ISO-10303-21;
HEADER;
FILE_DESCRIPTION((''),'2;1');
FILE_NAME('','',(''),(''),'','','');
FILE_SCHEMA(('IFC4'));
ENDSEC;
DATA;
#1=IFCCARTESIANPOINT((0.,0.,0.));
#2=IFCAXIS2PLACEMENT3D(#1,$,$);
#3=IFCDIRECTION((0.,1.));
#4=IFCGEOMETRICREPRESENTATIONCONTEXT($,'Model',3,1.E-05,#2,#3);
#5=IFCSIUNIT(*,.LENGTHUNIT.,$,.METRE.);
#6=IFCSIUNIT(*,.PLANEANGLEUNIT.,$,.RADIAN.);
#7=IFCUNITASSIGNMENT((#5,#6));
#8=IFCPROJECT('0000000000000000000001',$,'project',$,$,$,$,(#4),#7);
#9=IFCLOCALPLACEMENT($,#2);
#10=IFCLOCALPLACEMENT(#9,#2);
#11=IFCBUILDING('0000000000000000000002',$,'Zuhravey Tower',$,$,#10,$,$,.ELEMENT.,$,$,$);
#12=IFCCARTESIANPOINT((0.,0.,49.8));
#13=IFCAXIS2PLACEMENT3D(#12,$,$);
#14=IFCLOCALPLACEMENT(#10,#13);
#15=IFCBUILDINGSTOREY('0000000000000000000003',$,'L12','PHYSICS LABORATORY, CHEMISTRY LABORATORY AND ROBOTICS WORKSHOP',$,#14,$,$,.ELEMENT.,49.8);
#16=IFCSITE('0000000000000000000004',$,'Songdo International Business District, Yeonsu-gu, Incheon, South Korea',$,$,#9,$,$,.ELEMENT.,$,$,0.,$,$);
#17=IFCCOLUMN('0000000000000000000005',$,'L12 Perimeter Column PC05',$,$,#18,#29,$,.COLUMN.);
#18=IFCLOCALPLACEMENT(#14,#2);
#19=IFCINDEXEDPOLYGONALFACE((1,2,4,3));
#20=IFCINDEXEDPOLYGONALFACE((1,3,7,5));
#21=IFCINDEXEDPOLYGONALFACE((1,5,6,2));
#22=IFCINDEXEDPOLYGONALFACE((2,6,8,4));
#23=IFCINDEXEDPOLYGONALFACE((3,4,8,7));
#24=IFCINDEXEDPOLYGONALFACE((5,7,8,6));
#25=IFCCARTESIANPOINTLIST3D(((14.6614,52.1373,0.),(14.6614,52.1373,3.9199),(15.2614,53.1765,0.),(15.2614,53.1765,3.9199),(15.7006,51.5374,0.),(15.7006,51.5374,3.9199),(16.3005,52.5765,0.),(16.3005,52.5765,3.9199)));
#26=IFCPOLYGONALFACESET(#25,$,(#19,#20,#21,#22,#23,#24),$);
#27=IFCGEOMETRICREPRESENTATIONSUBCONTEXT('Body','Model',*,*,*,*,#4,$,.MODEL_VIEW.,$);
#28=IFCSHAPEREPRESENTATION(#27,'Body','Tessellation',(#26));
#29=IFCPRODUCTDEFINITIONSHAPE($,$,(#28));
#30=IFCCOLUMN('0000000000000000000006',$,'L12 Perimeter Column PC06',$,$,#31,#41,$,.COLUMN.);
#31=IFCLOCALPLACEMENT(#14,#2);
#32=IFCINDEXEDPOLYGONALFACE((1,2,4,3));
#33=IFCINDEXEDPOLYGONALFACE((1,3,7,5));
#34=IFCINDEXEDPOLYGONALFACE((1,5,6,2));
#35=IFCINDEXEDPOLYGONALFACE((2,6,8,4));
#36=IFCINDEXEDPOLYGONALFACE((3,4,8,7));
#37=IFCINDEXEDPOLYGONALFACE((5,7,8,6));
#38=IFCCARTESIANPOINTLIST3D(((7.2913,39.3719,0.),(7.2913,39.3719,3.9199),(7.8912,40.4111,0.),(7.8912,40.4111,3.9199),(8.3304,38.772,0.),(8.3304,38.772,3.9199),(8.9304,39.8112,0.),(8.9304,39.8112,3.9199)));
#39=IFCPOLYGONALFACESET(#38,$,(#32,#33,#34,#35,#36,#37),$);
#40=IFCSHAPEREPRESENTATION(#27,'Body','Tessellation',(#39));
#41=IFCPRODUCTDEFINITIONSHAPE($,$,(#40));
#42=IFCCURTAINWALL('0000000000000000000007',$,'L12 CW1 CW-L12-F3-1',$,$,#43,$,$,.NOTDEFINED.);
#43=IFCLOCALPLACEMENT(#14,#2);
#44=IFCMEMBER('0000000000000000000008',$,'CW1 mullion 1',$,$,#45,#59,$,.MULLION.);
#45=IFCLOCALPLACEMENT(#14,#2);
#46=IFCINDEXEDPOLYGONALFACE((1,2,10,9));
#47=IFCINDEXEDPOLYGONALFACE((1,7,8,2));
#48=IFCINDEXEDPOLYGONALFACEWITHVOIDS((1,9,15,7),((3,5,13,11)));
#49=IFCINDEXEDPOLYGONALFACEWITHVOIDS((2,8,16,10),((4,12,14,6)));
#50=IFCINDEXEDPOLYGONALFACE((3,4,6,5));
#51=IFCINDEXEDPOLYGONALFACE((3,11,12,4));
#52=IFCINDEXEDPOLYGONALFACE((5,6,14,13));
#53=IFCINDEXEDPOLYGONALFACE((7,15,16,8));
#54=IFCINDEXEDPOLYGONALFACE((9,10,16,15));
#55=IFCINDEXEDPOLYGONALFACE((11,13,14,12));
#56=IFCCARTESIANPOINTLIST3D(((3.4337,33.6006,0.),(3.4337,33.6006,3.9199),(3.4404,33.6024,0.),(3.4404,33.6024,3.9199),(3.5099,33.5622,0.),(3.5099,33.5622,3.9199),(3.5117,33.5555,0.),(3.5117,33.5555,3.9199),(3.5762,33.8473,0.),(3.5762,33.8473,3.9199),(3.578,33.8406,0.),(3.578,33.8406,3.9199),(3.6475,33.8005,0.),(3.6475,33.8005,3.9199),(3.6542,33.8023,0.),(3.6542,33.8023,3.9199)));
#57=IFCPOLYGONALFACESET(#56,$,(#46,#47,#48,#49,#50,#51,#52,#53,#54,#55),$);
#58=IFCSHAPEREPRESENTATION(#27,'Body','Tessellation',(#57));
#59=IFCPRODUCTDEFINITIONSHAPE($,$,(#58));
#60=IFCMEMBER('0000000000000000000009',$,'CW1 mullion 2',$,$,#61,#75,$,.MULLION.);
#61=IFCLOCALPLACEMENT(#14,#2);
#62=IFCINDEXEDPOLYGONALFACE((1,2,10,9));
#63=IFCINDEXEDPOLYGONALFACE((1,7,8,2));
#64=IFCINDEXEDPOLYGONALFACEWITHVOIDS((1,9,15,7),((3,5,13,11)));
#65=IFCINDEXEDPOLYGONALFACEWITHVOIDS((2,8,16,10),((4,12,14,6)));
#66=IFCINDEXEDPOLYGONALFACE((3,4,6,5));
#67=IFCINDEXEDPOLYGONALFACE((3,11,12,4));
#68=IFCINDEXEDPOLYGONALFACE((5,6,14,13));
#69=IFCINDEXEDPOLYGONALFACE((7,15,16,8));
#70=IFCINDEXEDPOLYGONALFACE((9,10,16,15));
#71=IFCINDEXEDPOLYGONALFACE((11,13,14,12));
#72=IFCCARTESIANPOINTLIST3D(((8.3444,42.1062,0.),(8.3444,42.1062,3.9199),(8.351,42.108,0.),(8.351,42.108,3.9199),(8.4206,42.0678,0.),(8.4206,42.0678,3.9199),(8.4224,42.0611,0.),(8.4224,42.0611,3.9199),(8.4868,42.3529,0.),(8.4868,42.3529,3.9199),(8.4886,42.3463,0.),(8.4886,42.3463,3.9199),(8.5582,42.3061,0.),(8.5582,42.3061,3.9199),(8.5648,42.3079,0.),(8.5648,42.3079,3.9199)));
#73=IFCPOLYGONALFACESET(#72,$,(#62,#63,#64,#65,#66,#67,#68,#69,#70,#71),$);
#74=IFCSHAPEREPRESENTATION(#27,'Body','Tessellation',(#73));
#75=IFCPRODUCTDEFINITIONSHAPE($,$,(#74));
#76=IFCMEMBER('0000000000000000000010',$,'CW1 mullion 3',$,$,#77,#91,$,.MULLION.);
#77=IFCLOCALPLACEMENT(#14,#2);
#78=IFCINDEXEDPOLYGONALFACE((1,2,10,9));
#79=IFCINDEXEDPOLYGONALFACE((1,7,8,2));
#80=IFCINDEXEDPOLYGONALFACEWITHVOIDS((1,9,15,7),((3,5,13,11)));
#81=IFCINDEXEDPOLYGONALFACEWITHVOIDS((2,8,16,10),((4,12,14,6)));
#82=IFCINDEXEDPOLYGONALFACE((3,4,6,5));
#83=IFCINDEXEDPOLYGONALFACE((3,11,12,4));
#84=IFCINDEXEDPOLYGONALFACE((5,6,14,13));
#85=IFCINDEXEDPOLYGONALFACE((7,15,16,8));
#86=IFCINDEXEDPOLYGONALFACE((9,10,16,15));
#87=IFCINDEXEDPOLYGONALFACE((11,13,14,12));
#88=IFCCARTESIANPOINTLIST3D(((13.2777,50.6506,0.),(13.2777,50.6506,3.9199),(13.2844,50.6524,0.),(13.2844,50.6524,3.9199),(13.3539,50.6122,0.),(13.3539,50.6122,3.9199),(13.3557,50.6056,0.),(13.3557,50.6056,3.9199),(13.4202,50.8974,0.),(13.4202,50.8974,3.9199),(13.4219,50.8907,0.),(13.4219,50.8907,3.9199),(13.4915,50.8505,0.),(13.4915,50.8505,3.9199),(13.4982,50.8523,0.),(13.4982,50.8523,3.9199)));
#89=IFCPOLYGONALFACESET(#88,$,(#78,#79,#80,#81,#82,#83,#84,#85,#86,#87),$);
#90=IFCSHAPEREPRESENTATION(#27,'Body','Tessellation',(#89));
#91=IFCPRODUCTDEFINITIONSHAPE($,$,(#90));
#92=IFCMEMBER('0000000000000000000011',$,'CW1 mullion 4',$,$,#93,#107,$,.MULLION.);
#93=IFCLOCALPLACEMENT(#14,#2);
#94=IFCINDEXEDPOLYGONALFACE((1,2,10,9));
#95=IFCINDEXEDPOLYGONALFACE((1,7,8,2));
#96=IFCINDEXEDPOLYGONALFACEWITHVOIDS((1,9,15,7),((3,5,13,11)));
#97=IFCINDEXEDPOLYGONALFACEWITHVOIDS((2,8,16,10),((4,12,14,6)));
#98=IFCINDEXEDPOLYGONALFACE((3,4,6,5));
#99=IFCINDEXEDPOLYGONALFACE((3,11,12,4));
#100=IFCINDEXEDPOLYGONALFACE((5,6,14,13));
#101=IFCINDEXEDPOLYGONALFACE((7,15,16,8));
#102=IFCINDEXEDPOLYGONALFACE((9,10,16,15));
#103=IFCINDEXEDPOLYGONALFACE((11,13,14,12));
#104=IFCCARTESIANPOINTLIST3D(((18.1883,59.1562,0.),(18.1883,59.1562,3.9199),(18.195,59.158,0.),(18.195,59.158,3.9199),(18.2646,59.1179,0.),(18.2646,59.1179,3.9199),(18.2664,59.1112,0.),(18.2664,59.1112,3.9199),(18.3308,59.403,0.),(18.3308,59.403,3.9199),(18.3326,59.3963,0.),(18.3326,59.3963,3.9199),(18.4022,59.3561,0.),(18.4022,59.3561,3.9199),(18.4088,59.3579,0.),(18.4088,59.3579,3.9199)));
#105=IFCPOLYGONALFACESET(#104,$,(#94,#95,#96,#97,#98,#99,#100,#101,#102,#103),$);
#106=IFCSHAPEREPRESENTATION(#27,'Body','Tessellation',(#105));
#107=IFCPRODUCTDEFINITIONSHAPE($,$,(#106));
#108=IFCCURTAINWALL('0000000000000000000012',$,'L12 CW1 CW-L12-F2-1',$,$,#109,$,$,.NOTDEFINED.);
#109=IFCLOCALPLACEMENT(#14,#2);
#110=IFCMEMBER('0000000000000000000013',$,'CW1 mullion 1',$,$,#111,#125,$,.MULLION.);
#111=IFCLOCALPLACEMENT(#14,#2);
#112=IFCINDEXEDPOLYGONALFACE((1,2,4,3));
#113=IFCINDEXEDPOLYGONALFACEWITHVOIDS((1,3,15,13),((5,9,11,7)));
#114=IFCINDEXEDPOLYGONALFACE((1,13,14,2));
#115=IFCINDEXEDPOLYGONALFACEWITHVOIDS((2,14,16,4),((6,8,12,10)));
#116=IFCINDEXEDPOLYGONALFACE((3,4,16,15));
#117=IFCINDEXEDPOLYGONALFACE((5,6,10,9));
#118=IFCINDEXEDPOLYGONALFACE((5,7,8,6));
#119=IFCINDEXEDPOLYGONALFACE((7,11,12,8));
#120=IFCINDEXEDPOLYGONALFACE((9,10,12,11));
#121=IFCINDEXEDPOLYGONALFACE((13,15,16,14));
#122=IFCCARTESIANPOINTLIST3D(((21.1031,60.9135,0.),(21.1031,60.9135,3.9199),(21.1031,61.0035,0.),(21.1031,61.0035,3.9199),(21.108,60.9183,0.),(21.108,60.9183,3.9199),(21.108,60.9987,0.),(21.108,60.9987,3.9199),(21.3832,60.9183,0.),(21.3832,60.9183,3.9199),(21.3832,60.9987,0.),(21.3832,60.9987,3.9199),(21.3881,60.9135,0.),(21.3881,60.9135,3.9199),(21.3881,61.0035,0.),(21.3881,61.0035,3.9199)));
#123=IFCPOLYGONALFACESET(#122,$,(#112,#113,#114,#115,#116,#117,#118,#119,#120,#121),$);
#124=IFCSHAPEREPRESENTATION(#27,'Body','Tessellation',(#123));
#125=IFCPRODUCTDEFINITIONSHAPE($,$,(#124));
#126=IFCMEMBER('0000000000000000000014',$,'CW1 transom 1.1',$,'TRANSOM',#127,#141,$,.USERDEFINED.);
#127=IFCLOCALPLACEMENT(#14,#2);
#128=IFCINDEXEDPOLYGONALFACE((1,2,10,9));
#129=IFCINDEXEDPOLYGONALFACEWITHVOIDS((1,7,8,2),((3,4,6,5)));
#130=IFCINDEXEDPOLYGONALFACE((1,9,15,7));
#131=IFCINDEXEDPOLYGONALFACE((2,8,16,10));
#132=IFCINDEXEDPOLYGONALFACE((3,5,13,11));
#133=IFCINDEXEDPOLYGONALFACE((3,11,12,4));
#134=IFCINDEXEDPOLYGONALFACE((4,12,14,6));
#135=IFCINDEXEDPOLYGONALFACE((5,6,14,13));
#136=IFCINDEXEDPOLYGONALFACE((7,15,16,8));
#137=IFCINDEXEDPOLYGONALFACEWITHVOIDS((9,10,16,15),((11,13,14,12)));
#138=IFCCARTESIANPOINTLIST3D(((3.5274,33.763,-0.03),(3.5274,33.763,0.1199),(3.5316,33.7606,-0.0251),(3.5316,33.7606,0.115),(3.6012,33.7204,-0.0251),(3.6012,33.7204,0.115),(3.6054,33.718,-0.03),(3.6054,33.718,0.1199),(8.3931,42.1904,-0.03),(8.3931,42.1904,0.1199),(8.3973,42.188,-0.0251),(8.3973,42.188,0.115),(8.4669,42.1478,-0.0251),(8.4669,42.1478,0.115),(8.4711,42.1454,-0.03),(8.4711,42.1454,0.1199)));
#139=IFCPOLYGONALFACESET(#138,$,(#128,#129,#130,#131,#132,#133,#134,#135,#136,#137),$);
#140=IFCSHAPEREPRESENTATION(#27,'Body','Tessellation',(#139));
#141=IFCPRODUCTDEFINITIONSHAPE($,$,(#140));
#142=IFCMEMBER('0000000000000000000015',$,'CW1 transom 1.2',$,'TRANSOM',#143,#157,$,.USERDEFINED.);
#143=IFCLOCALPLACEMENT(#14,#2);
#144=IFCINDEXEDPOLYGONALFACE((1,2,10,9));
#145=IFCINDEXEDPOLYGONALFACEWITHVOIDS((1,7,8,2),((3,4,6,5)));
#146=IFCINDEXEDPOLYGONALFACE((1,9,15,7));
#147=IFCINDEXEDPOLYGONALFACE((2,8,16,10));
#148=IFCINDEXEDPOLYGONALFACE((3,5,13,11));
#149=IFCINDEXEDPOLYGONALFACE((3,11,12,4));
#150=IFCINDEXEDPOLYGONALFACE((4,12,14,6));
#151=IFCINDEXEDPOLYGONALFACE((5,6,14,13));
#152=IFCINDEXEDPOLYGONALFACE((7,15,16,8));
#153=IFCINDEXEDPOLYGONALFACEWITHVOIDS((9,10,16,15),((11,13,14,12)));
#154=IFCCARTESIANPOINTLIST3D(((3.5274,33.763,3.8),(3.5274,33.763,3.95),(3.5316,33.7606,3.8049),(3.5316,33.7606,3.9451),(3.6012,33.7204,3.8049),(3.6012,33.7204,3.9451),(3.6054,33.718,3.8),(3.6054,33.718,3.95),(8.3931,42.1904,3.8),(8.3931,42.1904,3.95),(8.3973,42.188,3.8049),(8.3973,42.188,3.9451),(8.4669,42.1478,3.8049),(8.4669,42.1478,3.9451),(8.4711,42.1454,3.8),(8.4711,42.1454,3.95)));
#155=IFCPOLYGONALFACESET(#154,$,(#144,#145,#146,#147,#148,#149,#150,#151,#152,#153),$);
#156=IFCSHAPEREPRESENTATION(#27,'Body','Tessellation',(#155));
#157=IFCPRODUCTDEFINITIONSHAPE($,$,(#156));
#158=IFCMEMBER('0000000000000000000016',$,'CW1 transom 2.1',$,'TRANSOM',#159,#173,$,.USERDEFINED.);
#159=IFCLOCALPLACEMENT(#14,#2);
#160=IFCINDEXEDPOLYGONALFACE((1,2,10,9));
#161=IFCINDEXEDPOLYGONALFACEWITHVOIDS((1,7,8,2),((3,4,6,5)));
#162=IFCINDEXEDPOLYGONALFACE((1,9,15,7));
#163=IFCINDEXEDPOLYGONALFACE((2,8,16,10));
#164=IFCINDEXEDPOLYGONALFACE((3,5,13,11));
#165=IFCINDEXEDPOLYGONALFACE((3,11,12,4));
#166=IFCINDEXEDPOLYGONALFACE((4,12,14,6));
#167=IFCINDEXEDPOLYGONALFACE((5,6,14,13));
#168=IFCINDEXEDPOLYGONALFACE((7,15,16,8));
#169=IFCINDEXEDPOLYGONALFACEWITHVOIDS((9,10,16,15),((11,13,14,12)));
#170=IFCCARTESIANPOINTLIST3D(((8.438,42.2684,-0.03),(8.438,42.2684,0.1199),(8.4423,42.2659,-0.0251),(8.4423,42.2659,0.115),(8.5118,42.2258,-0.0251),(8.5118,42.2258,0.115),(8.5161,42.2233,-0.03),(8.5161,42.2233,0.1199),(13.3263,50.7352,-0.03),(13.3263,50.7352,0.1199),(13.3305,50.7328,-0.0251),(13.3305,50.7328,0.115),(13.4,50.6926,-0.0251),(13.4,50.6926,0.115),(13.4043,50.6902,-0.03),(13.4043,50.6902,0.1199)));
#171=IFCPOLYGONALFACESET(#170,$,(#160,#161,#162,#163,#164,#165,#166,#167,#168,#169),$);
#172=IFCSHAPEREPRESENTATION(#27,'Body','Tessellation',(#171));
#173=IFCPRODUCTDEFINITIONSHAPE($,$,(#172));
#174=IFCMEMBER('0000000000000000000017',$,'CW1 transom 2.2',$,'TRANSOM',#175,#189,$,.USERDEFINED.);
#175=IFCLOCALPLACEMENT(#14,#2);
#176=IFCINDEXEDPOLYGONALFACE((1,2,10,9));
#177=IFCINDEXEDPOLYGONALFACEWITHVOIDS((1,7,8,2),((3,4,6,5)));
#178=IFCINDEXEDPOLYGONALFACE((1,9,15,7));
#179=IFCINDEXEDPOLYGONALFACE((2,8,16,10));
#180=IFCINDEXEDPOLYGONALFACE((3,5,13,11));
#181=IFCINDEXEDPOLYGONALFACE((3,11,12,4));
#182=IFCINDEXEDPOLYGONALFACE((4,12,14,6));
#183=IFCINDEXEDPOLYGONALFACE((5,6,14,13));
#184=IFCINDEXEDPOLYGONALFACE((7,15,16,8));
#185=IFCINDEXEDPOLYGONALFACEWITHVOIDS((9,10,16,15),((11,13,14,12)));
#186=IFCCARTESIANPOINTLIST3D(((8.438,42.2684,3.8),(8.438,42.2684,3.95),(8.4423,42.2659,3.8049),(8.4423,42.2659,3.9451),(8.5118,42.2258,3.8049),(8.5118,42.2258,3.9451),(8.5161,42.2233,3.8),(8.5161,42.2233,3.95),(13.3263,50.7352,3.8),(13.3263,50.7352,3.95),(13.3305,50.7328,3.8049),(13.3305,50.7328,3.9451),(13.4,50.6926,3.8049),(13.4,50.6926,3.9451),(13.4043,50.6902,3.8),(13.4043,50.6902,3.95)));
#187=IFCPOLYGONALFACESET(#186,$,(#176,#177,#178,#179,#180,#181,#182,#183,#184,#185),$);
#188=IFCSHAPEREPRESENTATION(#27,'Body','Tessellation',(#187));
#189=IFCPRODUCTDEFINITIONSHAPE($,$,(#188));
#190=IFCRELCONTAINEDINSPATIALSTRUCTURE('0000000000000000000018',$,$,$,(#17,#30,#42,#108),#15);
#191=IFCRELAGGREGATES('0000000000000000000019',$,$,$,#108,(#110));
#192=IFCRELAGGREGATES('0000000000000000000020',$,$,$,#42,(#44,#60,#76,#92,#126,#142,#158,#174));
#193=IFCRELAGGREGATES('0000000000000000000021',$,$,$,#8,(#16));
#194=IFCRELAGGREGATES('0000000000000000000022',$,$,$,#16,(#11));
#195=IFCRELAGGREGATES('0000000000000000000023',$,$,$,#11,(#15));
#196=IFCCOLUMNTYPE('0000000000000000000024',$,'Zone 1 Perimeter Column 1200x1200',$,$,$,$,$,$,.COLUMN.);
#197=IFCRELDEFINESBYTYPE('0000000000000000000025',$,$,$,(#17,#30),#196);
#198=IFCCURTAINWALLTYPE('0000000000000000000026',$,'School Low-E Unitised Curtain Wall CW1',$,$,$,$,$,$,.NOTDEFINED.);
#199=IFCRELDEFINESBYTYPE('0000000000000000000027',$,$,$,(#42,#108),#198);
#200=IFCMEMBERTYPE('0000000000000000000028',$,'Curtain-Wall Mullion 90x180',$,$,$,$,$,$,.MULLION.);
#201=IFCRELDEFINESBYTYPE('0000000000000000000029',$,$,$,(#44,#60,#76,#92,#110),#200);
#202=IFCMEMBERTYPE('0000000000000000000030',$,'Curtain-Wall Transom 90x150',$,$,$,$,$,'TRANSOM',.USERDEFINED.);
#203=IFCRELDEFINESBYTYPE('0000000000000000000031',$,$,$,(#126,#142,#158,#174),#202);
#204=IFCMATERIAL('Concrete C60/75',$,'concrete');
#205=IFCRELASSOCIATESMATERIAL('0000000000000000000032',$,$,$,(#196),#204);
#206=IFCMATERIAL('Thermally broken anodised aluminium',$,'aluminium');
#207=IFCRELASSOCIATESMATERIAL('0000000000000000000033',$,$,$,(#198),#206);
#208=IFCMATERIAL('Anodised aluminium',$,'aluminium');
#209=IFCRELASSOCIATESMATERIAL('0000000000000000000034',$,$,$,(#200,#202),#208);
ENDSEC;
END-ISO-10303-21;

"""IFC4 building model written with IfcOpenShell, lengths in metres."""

from ifc_helpers import new_model, si_unit, direction, frame, origin, origin_2d, place, context, subcontext, project, spatial, rectangle, hollow_rectangle, extrude, material, material_profile, profile_set, type_object, element, aggregate, save


model = new_model("IFC4")

# Units and contexts
model_context = context("Model", 3, precision=1e-05, world=origin(), true_north=direction((0.0, 1.0)))
body_context = subcontext(model_context, "Body", "Model", "MODEL_VIEW")
ifc_project = project(units=[si_unit("LENGTHUNIT", "METRE"), si_unit("PLANEANGLEUNIT", "RADIAN")], contexts=[model_context])

# Site, building, storey
site_placement = place(None, origin())
site = spatial("IfcSite", under=ifc_project, at=site_placement, Name="Songdo International Business District, Yeonsu-gu, Incheon, South Korea", CompositionType="ELEMENT", RefElevation=0.0)
building_placement = place(site_placement, origin())
building = spatial("IfcBuilding", under=site, at=building_placement, Name="Zuhravey Tower", CompositionType="ELEMENT")
storey_placement = place(building_placement, frame((0.0, 0.0, 49.8)))
storey = spatial("IfcBuildingStorey", under=building, at=storey_placement, Name="L12", Description="PHYSICS LABORATORY, CHEMISTRY LABORATORY AND ROBOTICS WORKSHOP", CompositionType="ELEMENT", Elevation=49.8)

# Columns
ifc_material_1 = material(Name="Concrete C60/75", Category="concrete")
ifc_material_profile_1 = material_profile(ifc_material_1, rectangle(XDim=1.2, YDim=1.2, at=origin_2d()), Name="RC-1200x1200")
ifc_profile_set_1 = profile_set([ifc_material_profile_1], Name="Concrete C60/75")
column_type = type_object("IfcColumnType", Name="Zone 1 Perimeter Column 1200x1200", PredefinedType="COLUMN", material=ifc_profile_set_1)
for number, where, z_axis, x_axis, name in (
    (1, (15.481, 52.3569, 0.0), (0.0, 0.0, 1.0), (-0.5, -0.866025, 0.0), "L12 Perimeter Column PC05"),
    (2, (8.1108, 39.5916, 0.0), (0.0, 0.0, 1.0), (-0.5, -0.866025, 0.0), "L12 Perimeter Column PC06"),
):
    element("IfcColumn", number, at=place(storey_placement, frame(where, z_axis=z_axis, x_axis=x_axis)), inside=storey, type_object=column_type, Name=name, PredefinedType="COLUMN", context=body_context, shape_type="SweptSolid", body=[
        extrude(rectangle(XDim=1.2, YDim=1.2, at=origin_2d()), origin(), (0.0, 0.0, 1.0), 3.9199),
    ])

# Curtain wall, members
ifc_material_2 = material(Name="Thermally broken anodised aluminium", Category="aluminium")
curtain_wall_type = type_object("IfcCurtainWallType", Name="School Low-E Unitised Curtain Wall CW1", PredefinedType="NOTDEFINED", material=ifc_material_2)
curtain_wall_1_placement = place(storey_placement, origin())
curtain_wall_1 = element("IfcCurtainWall", 3, at=curtain_wall_1_placement, inside=storey, type_object=curtain_wall_type, Name="L12 CW1 CW-L12-F3-1", PredefinedType="NOTDEFINED")
ifc_material_3 = material(Name="Anodised aluminium", Category="aluminium")
ifc_material_profile_2 = material_profile(ifc_material_3, hollow_rectangle(XDim=0.0901, YDim=0.2849, WallThickness=0.0049, at=origin_2d()), Name="ALU-RHS-90x285x5")
ifc_profile_set_2 = profile_set([ifc_material_profile_2], Name="Anodised aluminium")
member_type_1 = type_object("IfcMemberType", Name="Curtain-Wall Mullion 90x180", PredefinedType="MULLION", material=ifc_profile_set_2)
member_1_placement = place(storey_placement, frame((3.5439, 33.7014, 0.0), z_axis=(0.0, 0.0, 1.0), x_axis=(-0.866026, 0.5, 0.0)))
member_1 = element("IfcMember", 4, at=member_1_placement, type_object=member_type_1, Name="CW1 mullion 1", PredefinedType="MULLION", context=body_context, shape_type="SweptSolid", body=[
    extrude(hollow_rectangle(XDim=0.0901, YDim=0.2849, WallThickness=0.0049, at=origin_2d()), origin(), (0.0, 0.0, 1.0), 3.9199),
])
member_2_placement = place(storey_placement, frame((8.4546, 42.207, 0.0), z_axis=(0.0, 0.0, 1.0), x_axis=(-0.866026, 0.5, 0.0)))
member_2 = element("IfcMember", 5, at=member_2_placement, type_object=member_type_1, Name="CW1 mullion 2", PredefinedType="MULLION", context=body_context, shape_type="SweptSolid", body=[
    extrude(hollow_rectangle(XDim=0.0901, YDim=0.2849, WallThickness=0.0049, at=origin_2d()), origin(), (0.0, 0.0, 1.0), 3.9199),
])
member_3_placement = place(storey_placement, frame((13.3879, 50.7515, 0.0), z_axis=(0.0, 0.0, 1.0), x_axis=(-0.866026, 0.5, 0.0)))
member_3 = element("IfcMember", 6, at=member_3_placement, type_object=member_type_1, Name="CW1 mullion 3", PredefinedType="MULLION", context=body_context, shape_type="SweptSolid", body=[
    extrude(hollow_rectangle(XDim=0.0901, YDim=0.2849, WallThickness=0.0049, at=origin_2d()), origin(), (0.0, 0.0, 1.0), 3.9199),
])
member_4_placement = place(storey_placement, frame((18.2986, 59.2571, 0.0), z_axis=(0.0, 0.0, 1.0), x_axis=(-0.866026, 0.5, 0.0)))
member_4 = element("IfcMember", 7, at=member_4_placement, type_object=member_type_1, Name="CW1 mullion 4", PredefinedType="MULLION", context=body_context, shape_type="SweptSolid", body=[
    extrude(hollow_rectangle(XDim=0.0901, YDim=0.2849, WallThickness=0.0049, at=origin_2d()), origin(), (0.0, 0.0, 1.0), 3.9199),
])

# Curtain wall, member
curtain_wall_2_placement = place(storey_placement, origin())
curtain_wall_2 = element("IfcCurtainWall", 8, at=curtain_wall_2_placement, inside=storey, type_object=curtain_wall_type, Name="L12 CW1 CW-L12-F2-1", PredefinedType="NOTDEFINED")
member_5_placement = place(storey_placement, frame((21.2456, 60.9585, 0.0), z_axis=(0.0, 0.0, 1.0), x_axis=(0.0, 1.0, 0.0)))
member_5 = element("IfcMember", 9, at=member_5_placement, type_object=member_type_1, Name="CW1 mullion 1", PredefinedType="MULLION", context=body_context, shape_type="SweptSolid", body=[
    extrude(hollow_rectangle(XDim=0.0901, YDim=0.2849, WallThickness=0.0049, at=origin_2d()), origin(), (0.0, 0.0, 1.0), 3.9199),
])

# Members
ifc_material_profile_3 = material_profile(ifc_material_3, hollow_rectangle(XDim=0.0901, YDim=0.1499, WallThickness=0.0049, at=origin_2d()), Name="ALU-RHS-90x150x5")
ifc_profile_set_3 = profile_set([ifc_material_profile_3], Name="Anodised aluminium")
member_type_2 = type_object("IfcMemberType", Name="Curtain-Wall Transom 90x150", ElementType="TRANSOM", PredefinedType="USERDEFINED", material=ifc_profile_set_3)
member_6_placement = place(storey_placement, frame((3.5664, 33.7405, 0.0449), z_axis=(0.500008, 0.866021, 0.0), x_axis=(-0.866021, 0.500008, 0.0)))
member_6 = element("IfcMember", 10, at=member_6_placement, type_object=member_type_2, Name="CW1 transom 1.1", ObjectType="TRANSOM", PredefinedType="USERDEFINED", context=body_context, shape_type="SweptSolid", body=[
    extrude(hollow_rectangle(XDim=0.0901, YDim=0.1499, WallThickness=0.0049, at=origin_2d()), origin(), (0.0, 0.0, 1.0), 9.7312),
])
member_7_placement = place(storey_placement, frame((3.5664, 33.7405, 3.875), z_axis=(0.500008, 0.866021, 0.0), x_axis=(-0.866021, 0.500008, 0.0)))
member_7 = element("IfcMember", 11, at=member_7_placement, type_object=member_type_2, Name="CW1 transom 1.2", ObjectType="TRANSOM", PredefinedType="USERDEFINED", context=body_context, shape_type="SweptSolid", body=[
    extrude(hollow_rectangle(XDim=0.0901, YDim=0.1499, WallThickness=0.0049, at=origin_2d()), origin(), (0.0, 0.0, 1.0), 9.7312),
])
member_8_placement = place(storey_placement, frame((8.4771, 42.2458, 0.0449), z_axis=(0.49999, 0.866031, 0.0), x_axis=(-0.866031, 0.49999, 0.0)))
member_8 = element("IfcMember", 12, at=member_8_placement, type_object=member_type_2, Name="CW1 transom 2.1", ObjectType="TRANSOM", PredefinedType="USERDEFINED", context=body_context, shape_type="SweptSolid", body=[
    extrude(hollow_rectangle(XDim=0.0901, YDim=0.1499, WallThickness=0.0049, at=origin_2d()), origin(), (0.0, 0.0, 1.0), 9.7766),
])
member_9_placement = place(storey_placement, frame((8.4771, 42.2458, 3.875), z_axis=(0.49999, 0.866031, 0.0), x_axis=(-0.866031, 0.49999, 0.0)))
member_9 = element("IfcMember", 13, at=member_9_placement, type_object=member_type_2, Name="CW1 transom 2.2", ObjectType="TRANSOM", PredefinedType="USERDEFINED", context=body_context, shape_type="SweptSolid", body=[
    extrude(hollow_rectangle(XDim=0.0901, YDim=0.1499, WallThickness=0.0049, at=origin_2d()), origin(), (0.0, 0.0, 1.0), 9.7766),
])
aggregate(curtain_wall_2, [member_5])

aggregate(curtain_wall_1, [member_1, member_2, member_3, member_4, member_6, member_7, member_8, member_9])

save(model, "model.ifc")
